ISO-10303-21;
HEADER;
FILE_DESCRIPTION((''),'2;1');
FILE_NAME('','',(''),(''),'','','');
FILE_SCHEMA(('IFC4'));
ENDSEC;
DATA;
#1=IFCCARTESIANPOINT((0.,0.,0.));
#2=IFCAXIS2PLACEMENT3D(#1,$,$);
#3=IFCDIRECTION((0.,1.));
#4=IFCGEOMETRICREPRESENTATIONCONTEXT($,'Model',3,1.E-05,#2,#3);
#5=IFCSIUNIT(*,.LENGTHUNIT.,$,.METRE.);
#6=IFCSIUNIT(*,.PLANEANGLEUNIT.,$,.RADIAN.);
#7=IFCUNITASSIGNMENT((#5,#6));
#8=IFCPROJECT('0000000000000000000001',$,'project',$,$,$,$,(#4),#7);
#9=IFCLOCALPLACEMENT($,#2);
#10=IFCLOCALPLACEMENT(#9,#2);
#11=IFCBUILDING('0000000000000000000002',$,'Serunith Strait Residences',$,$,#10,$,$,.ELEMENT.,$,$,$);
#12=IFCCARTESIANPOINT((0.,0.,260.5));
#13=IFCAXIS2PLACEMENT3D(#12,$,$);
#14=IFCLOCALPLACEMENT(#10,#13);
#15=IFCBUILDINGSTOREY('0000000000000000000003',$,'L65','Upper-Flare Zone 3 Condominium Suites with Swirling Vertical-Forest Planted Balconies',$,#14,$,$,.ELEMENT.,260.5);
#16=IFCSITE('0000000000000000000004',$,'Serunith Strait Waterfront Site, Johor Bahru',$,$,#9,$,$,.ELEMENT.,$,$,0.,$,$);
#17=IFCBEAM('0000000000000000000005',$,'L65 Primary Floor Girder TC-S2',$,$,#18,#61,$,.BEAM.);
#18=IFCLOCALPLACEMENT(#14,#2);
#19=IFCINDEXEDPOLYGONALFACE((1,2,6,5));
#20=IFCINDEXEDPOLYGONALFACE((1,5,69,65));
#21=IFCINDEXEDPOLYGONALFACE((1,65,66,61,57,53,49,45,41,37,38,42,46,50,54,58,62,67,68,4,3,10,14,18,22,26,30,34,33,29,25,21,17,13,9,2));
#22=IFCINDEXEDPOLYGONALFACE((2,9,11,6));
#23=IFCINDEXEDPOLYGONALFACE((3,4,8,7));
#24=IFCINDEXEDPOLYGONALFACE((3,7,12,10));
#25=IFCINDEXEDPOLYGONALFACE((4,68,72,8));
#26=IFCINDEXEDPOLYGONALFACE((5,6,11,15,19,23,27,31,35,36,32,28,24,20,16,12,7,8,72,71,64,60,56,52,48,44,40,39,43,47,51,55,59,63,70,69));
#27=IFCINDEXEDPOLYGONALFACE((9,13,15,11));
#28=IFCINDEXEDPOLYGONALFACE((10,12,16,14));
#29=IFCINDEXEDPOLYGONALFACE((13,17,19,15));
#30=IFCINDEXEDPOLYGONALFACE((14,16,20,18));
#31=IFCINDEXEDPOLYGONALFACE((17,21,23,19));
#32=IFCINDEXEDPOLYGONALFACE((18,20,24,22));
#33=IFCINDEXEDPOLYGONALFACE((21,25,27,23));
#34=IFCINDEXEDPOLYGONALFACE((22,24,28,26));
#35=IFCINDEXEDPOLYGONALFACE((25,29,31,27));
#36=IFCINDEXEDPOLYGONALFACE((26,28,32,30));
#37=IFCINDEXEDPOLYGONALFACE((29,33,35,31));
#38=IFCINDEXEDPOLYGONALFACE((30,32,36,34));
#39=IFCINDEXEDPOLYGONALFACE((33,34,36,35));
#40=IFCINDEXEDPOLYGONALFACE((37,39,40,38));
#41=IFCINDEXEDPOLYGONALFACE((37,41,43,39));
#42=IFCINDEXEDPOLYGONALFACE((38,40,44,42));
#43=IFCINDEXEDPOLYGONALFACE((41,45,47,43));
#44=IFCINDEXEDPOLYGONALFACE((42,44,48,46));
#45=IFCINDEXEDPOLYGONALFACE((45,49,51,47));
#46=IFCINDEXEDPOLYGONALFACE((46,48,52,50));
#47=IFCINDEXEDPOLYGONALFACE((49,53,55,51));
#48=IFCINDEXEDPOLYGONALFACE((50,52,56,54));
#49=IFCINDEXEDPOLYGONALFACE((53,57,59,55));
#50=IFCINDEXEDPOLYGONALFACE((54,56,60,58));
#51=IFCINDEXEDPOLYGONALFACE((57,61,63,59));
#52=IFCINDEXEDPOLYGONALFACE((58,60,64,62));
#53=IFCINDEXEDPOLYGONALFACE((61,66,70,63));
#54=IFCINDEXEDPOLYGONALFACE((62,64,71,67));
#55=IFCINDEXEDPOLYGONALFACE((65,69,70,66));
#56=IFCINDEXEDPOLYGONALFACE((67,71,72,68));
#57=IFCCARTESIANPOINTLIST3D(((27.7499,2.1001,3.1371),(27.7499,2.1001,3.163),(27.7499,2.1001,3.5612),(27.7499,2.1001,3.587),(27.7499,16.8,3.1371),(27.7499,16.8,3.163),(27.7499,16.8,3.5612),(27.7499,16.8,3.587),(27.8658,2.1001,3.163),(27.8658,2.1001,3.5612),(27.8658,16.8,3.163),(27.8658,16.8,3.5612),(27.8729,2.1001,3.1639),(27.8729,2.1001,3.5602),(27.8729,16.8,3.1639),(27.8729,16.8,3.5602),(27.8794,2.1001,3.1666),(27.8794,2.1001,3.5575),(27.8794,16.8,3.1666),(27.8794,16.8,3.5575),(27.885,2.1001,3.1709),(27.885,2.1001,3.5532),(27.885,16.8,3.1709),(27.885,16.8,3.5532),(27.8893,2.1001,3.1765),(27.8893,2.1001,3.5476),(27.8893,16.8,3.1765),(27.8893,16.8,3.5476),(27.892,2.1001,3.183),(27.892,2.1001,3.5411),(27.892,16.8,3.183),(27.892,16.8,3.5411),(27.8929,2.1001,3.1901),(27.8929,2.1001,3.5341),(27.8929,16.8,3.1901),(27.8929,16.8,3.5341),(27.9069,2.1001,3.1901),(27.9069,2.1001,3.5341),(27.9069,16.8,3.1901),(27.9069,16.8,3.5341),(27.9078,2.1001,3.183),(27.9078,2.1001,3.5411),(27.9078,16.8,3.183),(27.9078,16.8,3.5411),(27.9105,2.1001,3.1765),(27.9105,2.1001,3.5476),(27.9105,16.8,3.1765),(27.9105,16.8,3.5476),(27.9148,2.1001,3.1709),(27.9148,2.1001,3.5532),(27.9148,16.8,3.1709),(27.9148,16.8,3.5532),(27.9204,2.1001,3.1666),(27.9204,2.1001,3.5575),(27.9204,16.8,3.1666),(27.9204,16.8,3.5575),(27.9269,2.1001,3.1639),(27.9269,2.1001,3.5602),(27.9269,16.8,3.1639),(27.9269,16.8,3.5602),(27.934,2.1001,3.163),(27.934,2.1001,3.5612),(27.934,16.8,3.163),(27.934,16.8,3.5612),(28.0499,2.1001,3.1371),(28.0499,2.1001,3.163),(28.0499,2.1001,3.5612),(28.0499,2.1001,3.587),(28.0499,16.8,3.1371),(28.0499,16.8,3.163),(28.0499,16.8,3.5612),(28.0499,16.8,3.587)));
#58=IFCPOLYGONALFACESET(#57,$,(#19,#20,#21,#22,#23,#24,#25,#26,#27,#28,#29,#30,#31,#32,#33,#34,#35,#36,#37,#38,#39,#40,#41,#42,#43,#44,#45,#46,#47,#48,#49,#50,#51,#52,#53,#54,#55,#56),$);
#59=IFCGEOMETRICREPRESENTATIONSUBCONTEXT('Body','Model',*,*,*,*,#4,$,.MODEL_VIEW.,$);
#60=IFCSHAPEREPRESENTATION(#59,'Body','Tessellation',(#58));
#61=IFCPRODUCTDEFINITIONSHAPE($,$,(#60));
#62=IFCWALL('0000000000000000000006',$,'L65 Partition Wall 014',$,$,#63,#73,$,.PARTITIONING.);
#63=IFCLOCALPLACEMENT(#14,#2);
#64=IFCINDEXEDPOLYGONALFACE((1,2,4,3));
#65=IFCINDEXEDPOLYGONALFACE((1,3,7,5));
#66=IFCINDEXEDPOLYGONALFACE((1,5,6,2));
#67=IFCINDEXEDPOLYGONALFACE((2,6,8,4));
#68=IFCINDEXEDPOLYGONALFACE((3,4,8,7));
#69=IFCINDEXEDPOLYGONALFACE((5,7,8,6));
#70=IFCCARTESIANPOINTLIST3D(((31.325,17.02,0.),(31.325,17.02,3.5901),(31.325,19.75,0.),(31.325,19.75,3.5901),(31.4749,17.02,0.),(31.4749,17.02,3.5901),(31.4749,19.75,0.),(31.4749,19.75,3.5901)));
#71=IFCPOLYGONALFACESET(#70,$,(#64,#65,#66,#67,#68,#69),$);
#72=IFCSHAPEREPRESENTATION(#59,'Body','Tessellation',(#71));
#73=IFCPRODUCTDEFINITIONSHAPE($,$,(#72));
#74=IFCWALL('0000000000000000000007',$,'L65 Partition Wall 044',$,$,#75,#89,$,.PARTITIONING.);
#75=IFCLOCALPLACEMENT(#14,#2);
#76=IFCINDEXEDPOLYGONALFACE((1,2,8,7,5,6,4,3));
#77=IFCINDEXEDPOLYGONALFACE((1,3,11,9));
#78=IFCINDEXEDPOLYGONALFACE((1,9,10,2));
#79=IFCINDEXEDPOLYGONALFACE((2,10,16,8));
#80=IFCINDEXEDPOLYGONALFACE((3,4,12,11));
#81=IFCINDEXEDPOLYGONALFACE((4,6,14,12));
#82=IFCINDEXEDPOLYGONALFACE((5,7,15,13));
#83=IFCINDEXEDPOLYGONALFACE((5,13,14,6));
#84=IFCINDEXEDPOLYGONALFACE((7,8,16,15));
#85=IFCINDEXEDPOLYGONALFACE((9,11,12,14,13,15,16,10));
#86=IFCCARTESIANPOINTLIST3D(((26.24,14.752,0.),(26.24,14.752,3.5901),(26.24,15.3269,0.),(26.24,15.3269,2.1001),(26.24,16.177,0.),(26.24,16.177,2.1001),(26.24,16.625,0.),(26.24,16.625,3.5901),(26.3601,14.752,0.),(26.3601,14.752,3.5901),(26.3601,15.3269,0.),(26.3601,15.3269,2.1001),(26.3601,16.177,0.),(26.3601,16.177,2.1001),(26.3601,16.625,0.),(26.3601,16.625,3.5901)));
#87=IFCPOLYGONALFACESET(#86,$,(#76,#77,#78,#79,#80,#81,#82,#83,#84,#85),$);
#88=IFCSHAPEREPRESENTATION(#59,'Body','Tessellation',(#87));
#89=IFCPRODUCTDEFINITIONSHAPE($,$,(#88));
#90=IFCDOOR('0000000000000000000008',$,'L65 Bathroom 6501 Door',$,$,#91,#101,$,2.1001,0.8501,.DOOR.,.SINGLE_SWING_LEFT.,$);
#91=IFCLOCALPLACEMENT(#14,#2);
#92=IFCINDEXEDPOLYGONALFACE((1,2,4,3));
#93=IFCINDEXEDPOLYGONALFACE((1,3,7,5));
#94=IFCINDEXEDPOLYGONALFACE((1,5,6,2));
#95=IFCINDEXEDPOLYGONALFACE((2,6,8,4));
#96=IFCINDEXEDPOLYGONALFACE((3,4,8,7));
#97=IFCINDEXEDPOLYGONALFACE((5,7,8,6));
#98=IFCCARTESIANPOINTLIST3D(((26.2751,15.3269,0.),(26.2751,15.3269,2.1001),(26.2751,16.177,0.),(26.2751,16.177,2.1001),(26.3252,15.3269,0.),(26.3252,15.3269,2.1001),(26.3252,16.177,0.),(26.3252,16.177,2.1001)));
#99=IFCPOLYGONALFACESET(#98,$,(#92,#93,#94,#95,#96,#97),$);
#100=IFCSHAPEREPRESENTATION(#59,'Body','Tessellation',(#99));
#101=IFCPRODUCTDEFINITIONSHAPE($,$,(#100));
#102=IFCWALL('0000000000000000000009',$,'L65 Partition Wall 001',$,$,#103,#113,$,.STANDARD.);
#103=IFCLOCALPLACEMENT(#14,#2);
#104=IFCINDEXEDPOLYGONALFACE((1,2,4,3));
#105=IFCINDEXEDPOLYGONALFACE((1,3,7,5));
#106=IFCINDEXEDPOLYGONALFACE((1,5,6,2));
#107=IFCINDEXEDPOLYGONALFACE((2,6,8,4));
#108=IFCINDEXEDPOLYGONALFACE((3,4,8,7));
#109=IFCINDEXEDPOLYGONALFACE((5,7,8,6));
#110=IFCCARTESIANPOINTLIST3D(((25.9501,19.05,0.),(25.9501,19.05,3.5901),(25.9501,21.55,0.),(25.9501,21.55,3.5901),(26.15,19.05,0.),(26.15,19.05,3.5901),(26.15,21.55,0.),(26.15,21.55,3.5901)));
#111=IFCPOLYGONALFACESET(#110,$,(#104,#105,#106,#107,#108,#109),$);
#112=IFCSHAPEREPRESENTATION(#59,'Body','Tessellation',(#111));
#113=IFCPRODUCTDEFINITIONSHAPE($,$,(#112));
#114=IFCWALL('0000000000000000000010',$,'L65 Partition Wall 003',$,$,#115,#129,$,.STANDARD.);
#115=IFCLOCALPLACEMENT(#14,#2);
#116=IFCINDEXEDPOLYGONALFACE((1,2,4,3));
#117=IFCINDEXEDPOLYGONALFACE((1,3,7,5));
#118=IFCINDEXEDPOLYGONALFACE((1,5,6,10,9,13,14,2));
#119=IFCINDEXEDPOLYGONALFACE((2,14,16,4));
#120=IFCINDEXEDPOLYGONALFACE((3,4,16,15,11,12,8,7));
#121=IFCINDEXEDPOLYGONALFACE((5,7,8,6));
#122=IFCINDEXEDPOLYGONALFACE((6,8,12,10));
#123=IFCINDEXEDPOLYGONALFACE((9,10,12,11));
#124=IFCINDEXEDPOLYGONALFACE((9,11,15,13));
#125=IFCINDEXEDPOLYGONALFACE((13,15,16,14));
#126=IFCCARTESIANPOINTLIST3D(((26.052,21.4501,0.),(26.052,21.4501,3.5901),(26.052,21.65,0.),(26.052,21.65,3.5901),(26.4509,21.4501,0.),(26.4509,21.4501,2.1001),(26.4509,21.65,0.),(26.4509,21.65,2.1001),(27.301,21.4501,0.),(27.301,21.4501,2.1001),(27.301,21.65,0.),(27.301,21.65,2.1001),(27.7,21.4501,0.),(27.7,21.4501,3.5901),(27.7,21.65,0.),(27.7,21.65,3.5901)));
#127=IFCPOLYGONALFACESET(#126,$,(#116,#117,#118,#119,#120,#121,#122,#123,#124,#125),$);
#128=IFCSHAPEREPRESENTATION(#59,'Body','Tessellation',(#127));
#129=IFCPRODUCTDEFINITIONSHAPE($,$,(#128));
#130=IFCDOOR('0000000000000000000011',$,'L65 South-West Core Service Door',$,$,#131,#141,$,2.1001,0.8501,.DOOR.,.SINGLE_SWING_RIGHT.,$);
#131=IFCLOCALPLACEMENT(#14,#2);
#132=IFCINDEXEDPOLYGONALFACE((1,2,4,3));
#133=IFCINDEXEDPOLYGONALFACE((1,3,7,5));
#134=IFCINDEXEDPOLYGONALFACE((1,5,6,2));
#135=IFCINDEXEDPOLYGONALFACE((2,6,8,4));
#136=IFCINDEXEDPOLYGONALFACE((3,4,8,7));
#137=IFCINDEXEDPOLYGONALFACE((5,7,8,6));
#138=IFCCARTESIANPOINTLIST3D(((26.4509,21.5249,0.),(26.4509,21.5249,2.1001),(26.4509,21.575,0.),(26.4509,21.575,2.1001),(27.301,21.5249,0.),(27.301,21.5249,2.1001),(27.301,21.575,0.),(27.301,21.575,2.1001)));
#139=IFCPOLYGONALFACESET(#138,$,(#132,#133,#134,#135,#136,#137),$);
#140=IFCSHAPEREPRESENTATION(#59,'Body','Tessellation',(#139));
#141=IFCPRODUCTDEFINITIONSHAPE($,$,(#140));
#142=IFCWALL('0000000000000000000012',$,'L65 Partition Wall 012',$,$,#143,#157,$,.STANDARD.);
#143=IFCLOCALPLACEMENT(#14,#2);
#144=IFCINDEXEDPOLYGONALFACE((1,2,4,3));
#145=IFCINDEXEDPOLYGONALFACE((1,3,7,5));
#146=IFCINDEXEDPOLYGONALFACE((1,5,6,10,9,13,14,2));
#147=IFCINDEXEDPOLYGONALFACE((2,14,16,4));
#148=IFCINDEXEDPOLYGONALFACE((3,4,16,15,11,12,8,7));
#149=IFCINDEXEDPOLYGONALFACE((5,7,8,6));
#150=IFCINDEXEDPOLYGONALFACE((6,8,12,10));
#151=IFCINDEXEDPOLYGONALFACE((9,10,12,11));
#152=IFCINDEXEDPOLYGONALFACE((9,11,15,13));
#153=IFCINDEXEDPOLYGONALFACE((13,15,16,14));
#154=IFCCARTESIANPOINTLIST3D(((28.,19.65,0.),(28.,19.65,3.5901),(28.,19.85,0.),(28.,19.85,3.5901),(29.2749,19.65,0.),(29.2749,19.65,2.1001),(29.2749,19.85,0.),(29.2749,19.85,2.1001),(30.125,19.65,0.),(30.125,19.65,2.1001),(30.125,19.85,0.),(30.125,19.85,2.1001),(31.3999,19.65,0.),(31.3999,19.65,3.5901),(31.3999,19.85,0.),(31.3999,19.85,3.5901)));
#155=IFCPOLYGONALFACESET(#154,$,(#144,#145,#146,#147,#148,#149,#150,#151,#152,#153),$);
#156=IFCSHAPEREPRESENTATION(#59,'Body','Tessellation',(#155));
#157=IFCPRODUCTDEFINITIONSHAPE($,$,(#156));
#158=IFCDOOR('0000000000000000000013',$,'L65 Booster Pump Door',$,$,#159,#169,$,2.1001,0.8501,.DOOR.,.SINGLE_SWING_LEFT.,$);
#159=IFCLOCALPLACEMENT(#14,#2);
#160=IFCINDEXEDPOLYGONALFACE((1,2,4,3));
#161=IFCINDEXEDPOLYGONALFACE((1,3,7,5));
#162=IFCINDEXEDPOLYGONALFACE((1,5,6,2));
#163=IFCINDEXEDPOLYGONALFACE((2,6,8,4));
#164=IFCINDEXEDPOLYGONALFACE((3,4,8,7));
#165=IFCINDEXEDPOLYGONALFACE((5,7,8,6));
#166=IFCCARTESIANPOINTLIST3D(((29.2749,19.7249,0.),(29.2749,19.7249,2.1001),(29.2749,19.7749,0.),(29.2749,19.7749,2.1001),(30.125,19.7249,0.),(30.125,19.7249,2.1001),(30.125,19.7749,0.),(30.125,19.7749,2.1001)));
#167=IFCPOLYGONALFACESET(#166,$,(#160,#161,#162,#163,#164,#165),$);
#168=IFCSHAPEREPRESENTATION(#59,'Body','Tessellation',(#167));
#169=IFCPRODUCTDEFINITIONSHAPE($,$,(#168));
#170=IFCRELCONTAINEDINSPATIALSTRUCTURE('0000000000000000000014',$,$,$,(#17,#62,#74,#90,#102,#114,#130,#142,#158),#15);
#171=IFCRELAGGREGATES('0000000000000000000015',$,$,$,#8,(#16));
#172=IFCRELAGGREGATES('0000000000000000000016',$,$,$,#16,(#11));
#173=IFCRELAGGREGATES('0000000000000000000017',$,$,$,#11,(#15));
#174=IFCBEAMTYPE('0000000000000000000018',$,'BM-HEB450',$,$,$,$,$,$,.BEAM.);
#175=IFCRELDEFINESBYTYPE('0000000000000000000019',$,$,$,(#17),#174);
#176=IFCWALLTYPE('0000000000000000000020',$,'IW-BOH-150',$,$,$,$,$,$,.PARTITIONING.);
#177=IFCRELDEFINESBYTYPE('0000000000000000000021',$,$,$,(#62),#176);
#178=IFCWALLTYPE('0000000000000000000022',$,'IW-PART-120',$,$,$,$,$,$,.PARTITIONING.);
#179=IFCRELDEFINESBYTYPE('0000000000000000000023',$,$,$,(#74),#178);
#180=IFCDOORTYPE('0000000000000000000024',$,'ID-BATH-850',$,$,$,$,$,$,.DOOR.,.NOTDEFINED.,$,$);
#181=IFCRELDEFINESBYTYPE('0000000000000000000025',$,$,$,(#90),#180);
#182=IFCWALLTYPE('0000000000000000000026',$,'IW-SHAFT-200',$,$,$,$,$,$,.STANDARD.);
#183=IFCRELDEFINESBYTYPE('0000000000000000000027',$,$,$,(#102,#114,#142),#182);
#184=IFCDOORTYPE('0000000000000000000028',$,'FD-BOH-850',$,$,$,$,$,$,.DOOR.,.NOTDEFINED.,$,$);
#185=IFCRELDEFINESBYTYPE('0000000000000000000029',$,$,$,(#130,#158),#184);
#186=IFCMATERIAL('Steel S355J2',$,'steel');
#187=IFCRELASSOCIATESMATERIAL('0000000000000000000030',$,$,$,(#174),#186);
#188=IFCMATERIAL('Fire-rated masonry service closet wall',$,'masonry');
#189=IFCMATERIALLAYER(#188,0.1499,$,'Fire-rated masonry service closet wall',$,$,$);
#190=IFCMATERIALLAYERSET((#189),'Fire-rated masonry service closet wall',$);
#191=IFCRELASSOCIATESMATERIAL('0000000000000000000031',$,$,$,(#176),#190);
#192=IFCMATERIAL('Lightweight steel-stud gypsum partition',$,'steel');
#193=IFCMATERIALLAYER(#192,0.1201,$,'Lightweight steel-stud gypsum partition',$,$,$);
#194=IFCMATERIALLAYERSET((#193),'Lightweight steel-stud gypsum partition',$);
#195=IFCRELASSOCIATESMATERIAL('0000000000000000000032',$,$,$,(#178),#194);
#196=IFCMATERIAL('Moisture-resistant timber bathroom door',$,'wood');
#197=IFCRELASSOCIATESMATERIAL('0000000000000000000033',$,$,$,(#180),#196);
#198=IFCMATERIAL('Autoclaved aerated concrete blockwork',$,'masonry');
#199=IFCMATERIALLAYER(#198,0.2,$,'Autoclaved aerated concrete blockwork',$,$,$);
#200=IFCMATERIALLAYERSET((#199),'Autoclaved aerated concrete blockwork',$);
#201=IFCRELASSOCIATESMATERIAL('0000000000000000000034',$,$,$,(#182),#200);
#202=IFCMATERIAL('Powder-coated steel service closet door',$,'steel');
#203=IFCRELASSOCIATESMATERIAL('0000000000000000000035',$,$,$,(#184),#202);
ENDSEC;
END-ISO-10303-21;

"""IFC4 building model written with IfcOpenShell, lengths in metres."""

from ifc_helpers import new_model, si_unit, direction, frame, frame_2d, origin, origin_2d, place, context, subcontext, project, spatial, rectangle, i_section, extrude, source, transform, mapped, material, layer, layer_set, material_profile, profile_set, type_object, element, fill, save


model = new_model("IFC4")

# Units and contexts
model_context = context("Model", 3, precision=1e-05, world=origin(), true_north=direction((0.0, 1.0)))
body_context = subcontext(model_context, "Body", "Model", "MODEL_VIEW")
ifc_project = project(units=[si_unit("LENGTHUNIT", "METRE"), si_unit("PLANEANGLEUNIT", "RADIAN")], contexts=[model_context])

# Site, building, storey
site_placement = place(None, origin())
site = spatial("IfcSite", under=ifc_project, at=site_placement, Name="Serunith Strait Waterfront Site, Johor Bahru", CompositionType="ELEMENT", RefElevation=0.0)
building_placement = place(site_placement, origin())
building = spatial("IfcBuilding", under=site, at=building_placement, Name="Serunith Strait Residences", CompositionType="ELEMENT")
storey_placement = place(building_placement, frame((0.0, 0.0, 260.5)))
storey = spatial("IfcBuildingStorey", under=building, at=storey_placement, Name="L65", Description="Upper-Flare Zone 3 Condominium Suites with Swirling Vertical-Forest Planted Balconies", CompositionType="ELEMENT", Elevation=260.5)

# Beam
ifc_material_1 = material(Name="Steel S355J2", Category="steel")
ifc_material_profile = material_profile(ifc_material_1, i_section(OverallWidth=0.3, OverallDepth=0.45, WebThickness=0.0139, FlangeThickness=0.0259, FilletRadius=0.0271, at=origin_2d()), Name="HEB 450")
ifc_profile_set = profile_set([ifc_material_profile], Name="Steel S355J2")
beam_type = type_object("IfcBeamType", Name="BM-HEB450", PredefinedType="BEAM", material=ifc_profile_set)
shared_shape_1 = source(origin(), body_context, "Body", "SweptSolid", [
    extrude(i_section(OverallWidth=0.3, OverallDepth=0.45, WebThickness=0.0139, FlangeThickness=0.0259, FilletRadius=0.0271, at=origin_2d()), origin(), (0.0, 0.0, 1.0), 14.7),
])
beam_placement = place(storey_placement, frame((27.8999, 16.8, 3.3621), z_axis=(0.0, -1.0, 0.0), x_axis=(1.0, 0.0, 0.0)))
element("IfcBeam", 1, at=beam_placement, inside=storey, type_object=beam_type, Name="L65 Primary Floor Girder TC-S2", PredefinedType="BEAM", context=body_context, shape_type="MappedRepresentation", body=[
    mapped(shared_shape_1, transform((0.0, 0.0, 0.0), scale=1.0)),
])

# Wall
ifc_material_2 = material(Name="Fire-rated masonry service closet wall", Category="masonry")
ifc_layer_1 = layer(ifc_material_2, 0.1499, Name="Fire-rated masonry service closet wall")
ifc_layer_set_1 = layer_set([ifc_layer_1], Name="Fire-rated masonry service closet wall")
wall_type_1 = type_object("IfcWallType", Name="IW-BOH-150", PredefinedType="PARTITIONING", material=ifc_layer_set_1)
wall_1_placement = place(storey_placement, frame((31.3999, 17.02, 0.0), z_axis=(0.0, 0.0, 1.0), x_axis=(0.0, 1.0, 0.0)))
element("IfcWall", 2, at=wall_1_placement, inside=storey, type_object=wall_type_1, Name="L65 Partition Wall 014", PredefinedType="PARTITIONING", context=body_context, shape_type="SweptSolid", body=[
    extrude(rectangle(XDim=2.73, YDim=0.1499, at=frame_2d((1.365, 0.0))), origin(), (0.0, 0.0, 1.0), 3.5901),
])

# Wall, opening, door
ifc_material_3 = material(Name="Lightweight steel-stud gypsum partition", Category="steel")
ifc_layer_2 = layer(ifc_material_3, 0.1201, Name="Lightweight steel-stud gypsum partition")
ifc_layer_set_2 = layer_set([ifc_layer_2], Name="Lightweight steel-stud gypsum partition")
wall_type_2 = type_object("IfcWallType", Name="IW-PART-120", PredefinedType="PARTITIONING", material=ifc_layer_set_2)
wall_2_placement = place(storey_placement, frame((26.3, 14.752, 0.0), z_axis=(0.0, 0.0, 1.0), x_axis=(0.0, 1.0, 0.0)))
wall_2 = element("IfcWall", 3, at=wall_2_placement, inside=storey, type_object=wall_type_2, Name="L65 Partition Wall 044", PredefinedType="PARTITIONING", context=body_context, shape_type="SweptSolid", body=[
    extrude(rectangle(XDim=1.873, YDim=0.1201, at=frame_2d((0.9365, 0.0))), origin(), (0.0, 0.0, 1.0), 3.5901),
])
opening_1_placement = place(wall_2_placement, frame((0.575, 0.0, 0.0)))
opening_1 = element("IfcOpeningElement", 4, at=opening_1_placement, cuts=wall_2, PredefinedType="OPENING", context=body_context, shape_type="SweptSolid", body=[
    extrude(rectangle(XDim=0.8501, YDim=2.1001, at=frame_2d((0.425, 1.05))), frame((0.0, 0.0701, 0.0), z_axis=(0.0, -1.0, 0.0), x_axis=(1.0, 0.0, 0.0)), (0.0, 0.0, 1.0), 0.1401),
])
ifc_material_4 = material(Name="Moisture-resistant timber bathroom door", Category="wood")
door_type_1 = type_object("IfcDoorType", Name="ID-BATH-850", OperationType="NOTDEFINED", PredefinedType="DOOR", material=ifc_material_4)
shared_shape_2 = source(origin(), body_context, "Body", "SweptSolid", [
    extrude(rectangle(XDim=0.8501, YDim=2.1001, at=frame_2d((0.425, 1.05))), frame((0.0, 0.0249, 0.0), z_axis=(0.0, -1.0, 0.0), x_axis=(1.0, 0.0, 0.0)), (0.0, 0.0, 1.0), 0.05),
])
door_1_placement = place(opening_1_placement, origin())
door_1 = element("IfcDoor", 5, at=door_1_placement, inside=storey, type_object=door_type_1, Name="L65 Bathroom 6501 Door", OperationType="SINGLE_SWING_LEFT", OverallHeight=2.1001, OverallWidth=0.8501, PredefinedType="DOOR", context=body_context, shape_type="MappedRepresentation", body=[
    mapped(shared_shape_2, transform((0.0, 0.0, 0.0), scale=1.0)),
])
fill(opening_1, door_1)

# Wall
ifc_material_5 = material(Name="Autoclaved aerated concrete blockwork", Category="masonry")
ifc_layer_3 = layer(ifc_material_5, 0.2, Name="Autoclaved aerated concrete blockwork")
ifc_layer_set_3 = layer_set([ifc_layer_3], Name="Autoclaved aerated concrete blockwork")
wall_type_3 = type_object("IfcWallType", Name="IW-SHAFT-200", PredefinedType="STANDARD", material=ifc_layer_set_3)
wall_3_placement = place(storey_placement, frame((26.05, 19.05, 0.0), z_axis=(0.0, 0.0, 1.0), x_axis=(0.0, 1.0, 0.0)))
element("IfcWall", 6, at=wall_3_placement, inside=storey, type_object=wall_type_3, Name="L65 Partition Wall 001", PredefinedType="STANDARD", context=body_context, shape_type="SweptSolid", body=[
    extrude(rectangle(XDim=2.5, YDim=0.2, at=frame_2d((1.25, 0.0))), origin(), (0.0, 0.0, 1.0), 3.5901),
])

# Walls, openings, doors
wall_4_placement = place(storey_placement, frame((26.052, 21.55, 0.0), z_axis=(0.0, 0.0, 1.0), x_axis=(1.0, 0.0, 0.0)))
wall_4 = element("IfcWall", 7, at=wall_4_placement, inside=storey, type_object=wall_type_3, Name="L65 Partition Wall 003", PredefinedType="STANDARD", context=body_context, shape_type="SweptSolid", body=[
    extrude(rectangle(XDim=1.6479, YDim=0.2, at=frame_2d((0.824, 0.0))), origin(), (0.0, 0.0, 1.0), 3.5901),
])
opening_2_placement = place(wall_4_placement, frame((0.3989, 0.0, 0.0)))
opening_2 = element("IfcOpeningElement", 8, at=opening_2_placement, cuts=wall_4, PredefinedType="OPENING", context=body_context, shape_type="SweptSolid", body=[
    extrude(rectangle(XDim=0.8501, YDim=2.1001, at=frame_2d((0.425, 1.05))), frame((0.0, 0.1099, 0.0), z_axis=(0.0, -1.0, 0.0), x_axis=(1.0, 0.0, 0.0)), (0.0, 0.0, 1.0), 0.22),
])
ifc_material_6 = material(Name="Powder-coated steel service closet door", Category="steel")
door_type_2 = type_object("IfcDoorType", Name="FD-BOH-850", OperationType="NOTDEFINED", PredefinedType="DOOR", material=ifc_material_6)
door_2_placement = place(opening_2_placement, origin())
door_2 = element("IfcDoor", 9, at=door_2_placement, inside=storey, type_object=door_type_2, Name="L65 South-West Core Service Door", OperationType="SINGLE_SWING_RIGHT", OverallHeight=2.1001, OverallWidth=0.8501, PredefinedType="DOOR", context=body_context, shape_type="MappedRepresentation", body=[
    mapped(shared_shape_2, transform((0.0, 0.0, 0.0), scale=1.0)),
])
fill(opening_2, door_2)
wall_5_placement = place(storey_placement, frame((28.0, 19.75, 0.0), z_axis=(0.0, 0.0, 1.0), x_axis=(1.0, 0.0, 0.0)))
wall_5 = element("IfcWall", 10, at=wall_5_placement, inside=storey, type_object=wall_type_3, Name="L65 Partition Wall 012", PredefinedType="STANDARD", context=body_context, shape_type="SweptSolid", body=[
    extrude(rectangle(XDim=3.3999, YDim=0.2, at=frame_2d((1.7, 0.0))), origin(), (0.0, 0.0, 1.0), 3.5901),
])
opening_3_placement = place(wall_5_placement, frame((1.2749, 0.0, 0.0)))
opening_3 = element("IfcOpeningElement", 11, at=opening_3_placement, cuts=wall_5, PredefinedType="OPENING", context=body_context, shape_type="SweptSolid", body=[
    extrude(rectangle(XDim=0.8501, YDim=2.1001, at=frame_2d((0.425, 1.05))), frame((0.0, 0.1099, 0.0), z_axis=(0.0, -1.0, 0.0), x_axis=(1.0, 0.0, 0.0)), (0.0, 0.0, 1.0), 0.22),
])
door_3_placement = place(opening_3_placement, origin())
door_3 = element("IfcDoor", 12, at=door_3_placement, inside=storey, type_object=door_type_2, Name="L65 Booster Pump Door", OperationType="SINGLE_SWING_LEFT", OverallHeight=2.1001, OverallWidth=0.8501, PredefinedType="DOOR", context=body_context, shape_type="MappedRepresentation", body=[
    mapped(shared_shape_2, transform((0.0, 0.0, 0.0), scale=1.0)),
])
fill(opening_3, door_3)

save(model, "model.ifc")
